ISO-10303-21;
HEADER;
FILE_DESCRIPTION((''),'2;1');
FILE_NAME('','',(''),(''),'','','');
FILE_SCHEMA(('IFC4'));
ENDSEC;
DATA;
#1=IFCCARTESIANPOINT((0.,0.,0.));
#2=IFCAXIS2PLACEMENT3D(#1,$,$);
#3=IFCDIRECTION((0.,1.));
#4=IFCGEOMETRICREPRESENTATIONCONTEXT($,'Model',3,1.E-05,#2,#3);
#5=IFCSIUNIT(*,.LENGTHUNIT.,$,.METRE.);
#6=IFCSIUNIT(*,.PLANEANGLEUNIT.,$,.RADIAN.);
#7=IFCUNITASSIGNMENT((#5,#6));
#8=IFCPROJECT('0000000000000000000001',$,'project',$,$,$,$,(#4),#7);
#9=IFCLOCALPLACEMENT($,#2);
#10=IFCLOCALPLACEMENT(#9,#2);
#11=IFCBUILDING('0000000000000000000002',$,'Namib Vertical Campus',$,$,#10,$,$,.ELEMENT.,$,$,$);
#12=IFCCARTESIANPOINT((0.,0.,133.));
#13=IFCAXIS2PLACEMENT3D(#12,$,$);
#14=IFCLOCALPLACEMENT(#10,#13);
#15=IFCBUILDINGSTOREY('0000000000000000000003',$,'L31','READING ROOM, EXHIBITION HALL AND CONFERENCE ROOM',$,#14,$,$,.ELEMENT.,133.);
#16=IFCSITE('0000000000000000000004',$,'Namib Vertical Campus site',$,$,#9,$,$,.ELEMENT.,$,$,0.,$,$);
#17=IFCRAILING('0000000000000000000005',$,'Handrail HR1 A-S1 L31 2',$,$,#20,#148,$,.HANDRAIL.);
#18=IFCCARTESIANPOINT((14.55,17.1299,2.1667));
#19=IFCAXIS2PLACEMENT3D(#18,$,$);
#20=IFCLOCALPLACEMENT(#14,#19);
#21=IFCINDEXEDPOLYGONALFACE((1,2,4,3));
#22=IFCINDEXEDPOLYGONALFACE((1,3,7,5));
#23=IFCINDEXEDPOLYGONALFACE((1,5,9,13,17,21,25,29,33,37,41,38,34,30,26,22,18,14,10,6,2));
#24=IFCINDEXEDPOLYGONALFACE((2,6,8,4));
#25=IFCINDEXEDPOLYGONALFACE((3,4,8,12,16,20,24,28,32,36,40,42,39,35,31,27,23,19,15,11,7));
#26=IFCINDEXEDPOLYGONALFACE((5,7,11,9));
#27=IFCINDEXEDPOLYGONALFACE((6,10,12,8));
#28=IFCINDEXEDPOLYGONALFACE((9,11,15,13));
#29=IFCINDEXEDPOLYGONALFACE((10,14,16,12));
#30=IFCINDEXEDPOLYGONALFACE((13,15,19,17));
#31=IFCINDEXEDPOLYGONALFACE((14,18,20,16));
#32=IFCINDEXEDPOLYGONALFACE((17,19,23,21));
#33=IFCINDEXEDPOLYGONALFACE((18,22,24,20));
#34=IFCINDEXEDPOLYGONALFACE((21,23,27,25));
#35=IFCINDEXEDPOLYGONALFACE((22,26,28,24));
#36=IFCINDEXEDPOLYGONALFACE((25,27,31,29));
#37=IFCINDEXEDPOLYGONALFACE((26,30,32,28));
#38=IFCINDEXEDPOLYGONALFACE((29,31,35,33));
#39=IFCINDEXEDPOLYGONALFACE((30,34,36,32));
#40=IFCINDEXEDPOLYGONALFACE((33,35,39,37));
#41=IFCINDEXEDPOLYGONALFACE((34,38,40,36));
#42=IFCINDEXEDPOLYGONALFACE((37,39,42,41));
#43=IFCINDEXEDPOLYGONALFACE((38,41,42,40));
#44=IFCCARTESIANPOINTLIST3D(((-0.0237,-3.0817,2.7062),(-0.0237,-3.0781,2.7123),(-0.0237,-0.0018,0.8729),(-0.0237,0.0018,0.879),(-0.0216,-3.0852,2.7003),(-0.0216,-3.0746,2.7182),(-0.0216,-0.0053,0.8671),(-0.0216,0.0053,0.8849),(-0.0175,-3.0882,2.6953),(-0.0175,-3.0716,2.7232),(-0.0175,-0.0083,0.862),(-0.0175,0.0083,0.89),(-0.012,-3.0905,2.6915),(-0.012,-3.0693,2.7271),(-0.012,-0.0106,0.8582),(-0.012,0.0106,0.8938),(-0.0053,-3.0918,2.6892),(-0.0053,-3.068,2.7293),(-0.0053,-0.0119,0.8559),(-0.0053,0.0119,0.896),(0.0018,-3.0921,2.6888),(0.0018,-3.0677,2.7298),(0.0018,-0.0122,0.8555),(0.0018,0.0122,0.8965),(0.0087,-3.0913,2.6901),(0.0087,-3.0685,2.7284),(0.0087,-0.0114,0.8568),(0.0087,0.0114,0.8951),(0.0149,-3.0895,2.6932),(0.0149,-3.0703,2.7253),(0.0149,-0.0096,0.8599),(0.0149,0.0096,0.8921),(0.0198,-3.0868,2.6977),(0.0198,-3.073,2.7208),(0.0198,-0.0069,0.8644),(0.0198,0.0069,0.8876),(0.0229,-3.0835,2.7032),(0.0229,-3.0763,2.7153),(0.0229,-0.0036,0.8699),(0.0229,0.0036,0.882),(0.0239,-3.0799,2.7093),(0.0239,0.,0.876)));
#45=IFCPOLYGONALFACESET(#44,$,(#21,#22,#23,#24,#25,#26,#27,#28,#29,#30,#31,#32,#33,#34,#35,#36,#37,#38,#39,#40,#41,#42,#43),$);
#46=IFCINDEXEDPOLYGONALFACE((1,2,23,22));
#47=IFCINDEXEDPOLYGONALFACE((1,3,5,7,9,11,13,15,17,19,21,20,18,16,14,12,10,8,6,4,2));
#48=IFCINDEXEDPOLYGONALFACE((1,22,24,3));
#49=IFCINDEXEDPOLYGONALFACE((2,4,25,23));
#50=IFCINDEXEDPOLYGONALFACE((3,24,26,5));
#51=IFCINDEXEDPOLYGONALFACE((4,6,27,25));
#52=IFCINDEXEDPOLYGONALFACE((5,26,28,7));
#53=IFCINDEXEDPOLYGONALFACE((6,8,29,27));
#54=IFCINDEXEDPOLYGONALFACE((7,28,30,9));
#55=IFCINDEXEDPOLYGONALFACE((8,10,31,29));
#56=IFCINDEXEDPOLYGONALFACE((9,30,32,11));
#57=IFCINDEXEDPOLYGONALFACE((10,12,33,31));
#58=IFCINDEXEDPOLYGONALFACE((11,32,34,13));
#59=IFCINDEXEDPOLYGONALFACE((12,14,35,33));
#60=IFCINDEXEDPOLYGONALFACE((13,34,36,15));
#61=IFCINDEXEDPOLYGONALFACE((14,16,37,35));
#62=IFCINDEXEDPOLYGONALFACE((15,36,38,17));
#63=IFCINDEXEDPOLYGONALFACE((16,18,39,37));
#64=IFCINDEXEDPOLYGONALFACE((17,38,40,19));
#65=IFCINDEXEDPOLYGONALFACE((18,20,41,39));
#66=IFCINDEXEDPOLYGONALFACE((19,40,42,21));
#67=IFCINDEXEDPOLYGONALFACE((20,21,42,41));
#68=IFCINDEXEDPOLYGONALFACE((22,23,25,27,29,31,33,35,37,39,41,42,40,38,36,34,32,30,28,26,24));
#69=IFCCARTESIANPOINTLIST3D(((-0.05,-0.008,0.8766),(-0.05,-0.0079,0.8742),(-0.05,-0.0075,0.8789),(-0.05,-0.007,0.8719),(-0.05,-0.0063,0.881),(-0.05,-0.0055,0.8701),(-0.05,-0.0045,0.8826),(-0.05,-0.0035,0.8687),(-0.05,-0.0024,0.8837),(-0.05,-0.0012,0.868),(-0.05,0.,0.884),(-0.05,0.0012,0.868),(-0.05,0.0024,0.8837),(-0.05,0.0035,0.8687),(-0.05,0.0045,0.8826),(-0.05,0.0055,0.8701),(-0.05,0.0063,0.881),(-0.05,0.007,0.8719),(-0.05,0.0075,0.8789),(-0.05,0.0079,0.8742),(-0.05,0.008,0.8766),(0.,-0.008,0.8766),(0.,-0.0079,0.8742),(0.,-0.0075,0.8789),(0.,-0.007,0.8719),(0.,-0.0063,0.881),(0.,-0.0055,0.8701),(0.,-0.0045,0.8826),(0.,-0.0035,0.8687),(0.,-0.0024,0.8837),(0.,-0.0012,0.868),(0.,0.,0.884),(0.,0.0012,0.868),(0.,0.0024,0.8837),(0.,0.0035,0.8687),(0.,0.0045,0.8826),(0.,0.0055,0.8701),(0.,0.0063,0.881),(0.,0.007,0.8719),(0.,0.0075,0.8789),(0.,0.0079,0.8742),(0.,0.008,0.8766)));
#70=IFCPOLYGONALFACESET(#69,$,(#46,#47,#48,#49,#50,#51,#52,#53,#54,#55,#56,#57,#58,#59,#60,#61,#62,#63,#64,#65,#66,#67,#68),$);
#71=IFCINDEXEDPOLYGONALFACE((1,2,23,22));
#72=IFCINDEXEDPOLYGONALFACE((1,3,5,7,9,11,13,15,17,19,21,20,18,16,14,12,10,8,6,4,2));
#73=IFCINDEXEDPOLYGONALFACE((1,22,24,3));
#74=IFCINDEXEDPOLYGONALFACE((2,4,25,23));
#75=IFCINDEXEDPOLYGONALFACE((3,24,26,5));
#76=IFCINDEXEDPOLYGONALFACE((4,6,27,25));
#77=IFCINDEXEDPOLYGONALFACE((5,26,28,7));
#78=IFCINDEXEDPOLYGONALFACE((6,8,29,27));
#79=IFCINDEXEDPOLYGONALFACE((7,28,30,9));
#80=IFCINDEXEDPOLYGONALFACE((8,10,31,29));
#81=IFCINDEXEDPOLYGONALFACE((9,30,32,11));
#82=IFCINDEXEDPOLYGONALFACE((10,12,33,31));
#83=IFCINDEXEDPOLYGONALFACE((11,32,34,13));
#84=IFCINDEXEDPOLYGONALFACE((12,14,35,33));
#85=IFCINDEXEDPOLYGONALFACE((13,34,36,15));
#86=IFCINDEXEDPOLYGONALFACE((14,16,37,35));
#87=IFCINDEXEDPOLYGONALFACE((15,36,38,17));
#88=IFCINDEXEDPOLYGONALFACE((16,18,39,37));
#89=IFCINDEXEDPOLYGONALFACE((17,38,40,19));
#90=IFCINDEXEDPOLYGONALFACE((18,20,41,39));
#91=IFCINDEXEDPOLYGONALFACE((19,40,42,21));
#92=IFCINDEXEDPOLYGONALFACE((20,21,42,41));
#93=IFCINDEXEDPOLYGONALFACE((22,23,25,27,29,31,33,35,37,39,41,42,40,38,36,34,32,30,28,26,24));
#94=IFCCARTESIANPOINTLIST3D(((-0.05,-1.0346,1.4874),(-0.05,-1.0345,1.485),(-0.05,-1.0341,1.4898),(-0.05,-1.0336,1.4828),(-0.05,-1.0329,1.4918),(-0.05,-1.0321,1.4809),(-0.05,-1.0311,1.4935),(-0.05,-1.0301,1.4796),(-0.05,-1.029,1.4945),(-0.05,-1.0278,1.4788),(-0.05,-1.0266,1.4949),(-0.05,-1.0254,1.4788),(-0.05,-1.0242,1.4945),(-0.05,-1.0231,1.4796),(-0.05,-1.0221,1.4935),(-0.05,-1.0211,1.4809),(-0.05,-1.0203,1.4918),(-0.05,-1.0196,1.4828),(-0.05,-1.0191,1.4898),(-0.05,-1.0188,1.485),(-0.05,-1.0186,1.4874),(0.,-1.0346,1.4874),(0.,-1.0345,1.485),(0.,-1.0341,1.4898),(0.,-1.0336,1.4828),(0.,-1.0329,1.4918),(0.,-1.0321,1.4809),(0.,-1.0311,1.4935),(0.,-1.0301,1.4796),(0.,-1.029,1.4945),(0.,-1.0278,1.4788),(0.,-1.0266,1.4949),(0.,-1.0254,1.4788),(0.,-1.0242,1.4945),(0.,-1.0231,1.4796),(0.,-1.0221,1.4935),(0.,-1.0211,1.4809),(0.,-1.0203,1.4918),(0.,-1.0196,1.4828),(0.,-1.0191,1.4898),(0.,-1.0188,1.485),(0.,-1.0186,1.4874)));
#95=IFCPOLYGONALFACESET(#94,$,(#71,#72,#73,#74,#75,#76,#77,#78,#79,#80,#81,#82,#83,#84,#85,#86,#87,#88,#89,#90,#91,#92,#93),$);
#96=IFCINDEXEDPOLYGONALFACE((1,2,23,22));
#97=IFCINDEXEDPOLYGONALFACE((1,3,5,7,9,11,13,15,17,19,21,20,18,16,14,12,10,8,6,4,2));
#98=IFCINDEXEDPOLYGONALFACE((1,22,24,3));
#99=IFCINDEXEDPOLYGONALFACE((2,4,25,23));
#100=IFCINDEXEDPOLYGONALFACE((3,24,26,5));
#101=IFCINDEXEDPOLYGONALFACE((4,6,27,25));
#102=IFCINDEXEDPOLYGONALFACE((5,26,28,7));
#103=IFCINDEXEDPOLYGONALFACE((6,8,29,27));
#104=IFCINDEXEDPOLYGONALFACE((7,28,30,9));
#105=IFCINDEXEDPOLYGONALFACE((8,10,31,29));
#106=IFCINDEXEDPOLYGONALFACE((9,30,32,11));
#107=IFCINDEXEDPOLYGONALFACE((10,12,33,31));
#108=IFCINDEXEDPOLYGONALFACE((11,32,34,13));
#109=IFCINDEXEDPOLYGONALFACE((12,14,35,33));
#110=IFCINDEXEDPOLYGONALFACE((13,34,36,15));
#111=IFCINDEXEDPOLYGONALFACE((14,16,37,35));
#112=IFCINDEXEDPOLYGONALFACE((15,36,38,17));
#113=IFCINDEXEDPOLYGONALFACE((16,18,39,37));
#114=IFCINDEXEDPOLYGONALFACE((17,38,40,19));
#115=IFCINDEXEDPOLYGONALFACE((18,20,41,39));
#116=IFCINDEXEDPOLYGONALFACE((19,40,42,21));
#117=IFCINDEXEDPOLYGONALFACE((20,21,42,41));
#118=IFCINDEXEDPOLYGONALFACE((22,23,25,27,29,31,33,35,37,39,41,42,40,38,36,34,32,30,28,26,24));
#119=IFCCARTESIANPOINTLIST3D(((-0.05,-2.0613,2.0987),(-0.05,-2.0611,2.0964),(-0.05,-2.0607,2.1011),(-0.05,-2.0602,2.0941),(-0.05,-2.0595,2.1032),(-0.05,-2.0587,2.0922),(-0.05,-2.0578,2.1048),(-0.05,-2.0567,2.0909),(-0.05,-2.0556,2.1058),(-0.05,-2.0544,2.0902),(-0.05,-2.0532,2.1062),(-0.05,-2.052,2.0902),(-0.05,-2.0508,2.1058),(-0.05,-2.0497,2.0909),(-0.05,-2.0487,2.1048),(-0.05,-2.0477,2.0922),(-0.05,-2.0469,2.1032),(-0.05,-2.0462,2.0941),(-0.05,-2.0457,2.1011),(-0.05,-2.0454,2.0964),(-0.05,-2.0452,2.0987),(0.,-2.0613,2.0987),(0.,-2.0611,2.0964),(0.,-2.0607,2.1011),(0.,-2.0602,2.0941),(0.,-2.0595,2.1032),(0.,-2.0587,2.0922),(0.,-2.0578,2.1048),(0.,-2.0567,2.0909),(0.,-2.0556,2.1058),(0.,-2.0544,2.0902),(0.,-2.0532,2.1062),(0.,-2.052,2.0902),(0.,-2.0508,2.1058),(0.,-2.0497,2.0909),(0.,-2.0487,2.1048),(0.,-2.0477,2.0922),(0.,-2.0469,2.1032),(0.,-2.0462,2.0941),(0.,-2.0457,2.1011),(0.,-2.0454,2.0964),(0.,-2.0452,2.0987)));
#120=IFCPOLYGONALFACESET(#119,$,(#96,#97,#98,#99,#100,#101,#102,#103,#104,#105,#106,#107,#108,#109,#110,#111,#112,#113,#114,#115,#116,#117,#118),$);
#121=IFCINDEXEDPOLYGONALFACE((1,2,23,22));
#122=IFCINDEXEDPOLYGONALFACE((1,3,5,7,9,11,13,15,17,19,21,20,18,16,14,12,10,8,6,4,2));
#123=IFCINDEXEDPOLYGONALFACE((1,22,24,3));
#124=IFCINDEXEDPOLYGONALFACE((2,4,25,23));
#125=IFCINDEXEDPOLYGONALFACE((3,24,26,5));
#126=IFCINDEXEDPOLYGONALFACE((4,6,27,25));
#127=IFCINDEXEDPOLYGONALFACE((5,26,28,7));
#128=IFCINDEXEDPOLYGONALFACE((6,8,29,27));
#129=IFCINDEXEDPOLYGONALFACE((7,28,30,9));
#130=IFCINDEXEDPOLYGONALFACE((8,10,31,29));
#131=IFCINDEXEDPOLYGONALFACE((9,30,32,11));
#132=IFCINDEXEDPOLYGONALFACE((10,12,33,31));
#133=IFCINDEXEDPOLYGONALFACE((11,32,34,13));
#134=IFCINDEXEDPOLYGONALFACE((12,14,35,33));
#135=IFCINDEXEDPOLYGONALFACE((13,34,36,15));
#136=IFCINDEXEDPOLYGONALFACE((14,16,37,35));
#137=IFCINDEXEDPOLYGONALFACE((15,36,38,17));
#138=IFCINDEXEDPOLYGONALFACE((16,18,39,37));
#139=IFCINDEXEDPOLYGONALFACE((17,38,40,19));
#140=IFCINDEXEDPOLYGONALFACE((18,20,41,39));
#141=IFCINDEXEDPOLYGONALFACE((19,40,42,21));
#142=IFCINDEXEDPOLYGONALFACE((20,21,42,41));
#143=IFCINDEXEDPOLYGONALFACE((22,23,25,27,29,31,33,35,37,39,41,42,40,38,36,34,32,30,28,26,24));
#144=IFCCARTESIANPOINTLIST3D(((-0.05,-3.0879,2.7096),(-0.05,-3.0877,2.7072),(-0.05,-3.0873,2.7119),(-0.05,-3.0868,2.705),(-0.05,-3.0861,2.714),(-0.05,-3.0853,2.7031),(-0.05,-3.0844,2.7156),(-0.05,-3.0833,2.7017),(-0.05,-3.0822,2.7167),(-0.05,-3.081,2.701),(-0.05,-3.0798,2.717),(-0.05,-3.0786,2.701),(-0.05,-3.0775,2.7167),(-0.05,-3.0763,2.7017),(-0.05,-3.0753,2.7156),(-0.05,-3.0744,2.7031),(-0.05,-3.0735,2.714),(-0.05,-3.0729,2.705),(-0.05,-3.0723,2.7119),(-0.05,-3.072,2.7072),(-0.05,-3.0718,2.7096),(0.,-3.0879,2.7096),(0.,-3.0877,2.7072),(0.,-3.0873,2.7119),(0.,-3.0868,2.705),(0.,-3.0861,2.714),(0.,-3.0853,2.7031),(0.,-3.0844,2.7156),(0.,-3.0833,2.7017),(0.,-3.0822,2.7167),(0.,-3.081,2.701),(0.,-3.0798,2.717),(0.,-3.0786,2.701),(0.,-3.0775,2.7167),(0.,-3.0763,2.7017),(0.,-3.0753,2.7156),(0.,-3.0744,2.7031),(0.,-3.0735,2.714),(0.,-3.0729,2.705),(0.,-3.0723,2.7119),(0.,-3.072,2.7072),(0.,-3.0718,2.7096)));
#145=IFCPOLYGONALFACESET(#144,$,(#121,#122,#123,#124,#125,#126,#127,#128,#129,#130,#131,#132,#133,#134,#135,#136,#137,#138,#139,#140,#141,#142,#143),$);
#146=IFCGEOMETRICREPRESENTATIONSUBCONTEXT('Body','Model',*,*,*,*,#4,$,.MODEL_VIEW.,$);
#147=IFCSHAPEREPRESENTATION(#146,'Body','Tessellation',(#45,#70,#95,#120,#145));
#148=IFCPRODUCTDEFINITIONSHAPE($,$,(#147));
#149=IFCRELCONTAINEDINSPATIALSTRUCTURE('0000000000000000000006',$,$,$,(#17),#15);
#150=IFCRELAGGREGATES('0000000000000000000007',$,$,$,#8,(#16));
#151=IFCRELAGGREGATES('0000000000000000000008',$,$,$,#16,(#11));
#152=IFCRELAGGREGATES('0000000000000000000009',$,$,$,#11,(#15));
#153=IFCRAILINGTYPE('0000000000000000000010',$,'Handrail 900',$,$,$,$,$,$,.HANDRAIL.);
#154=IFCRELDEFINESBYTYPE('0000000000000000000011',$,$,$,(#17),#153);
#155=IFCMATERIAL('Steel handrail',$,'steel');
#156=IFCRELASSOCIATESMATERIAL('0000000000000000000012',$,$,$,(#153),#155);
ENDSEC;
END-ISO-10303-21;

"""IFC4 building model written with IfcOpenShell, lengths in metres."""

from ifc_helpers import new_model, si_unit, direction, frame, origin, origin_2d, place, context, subcontext, project, spatial, circle, extrude, material, type_object, element, save


model = new_model("IFC4")

# Units and contexts
model_context = context("Model", 3, precision=1e-05, world=origin(), true_north=direction((0.0, 1.0)))
body_context = subcontext(model_context, "Body", "Model", "MODEL_VIEW")
ifc_project = project(units=[si_unit("LENGTHUNIT", "METRE"), si_unit("PLANEANGLEUNIT", "RADIAN")], contexts=[model_context])

# Site, building, storey
site_placement = place(None, origin())
site = spatial("IfcSite", under=ifc_project, at=site_placement, Name="Namib Vertical Campus site", CompositionType="ELEMENT", RefElevation=0.0)
building_placement = place(site_placement, origin())
building = spatial("IfcBuilding", under=site, at=building_placement, Name="Namib Vertical Campus", CompositionType="ELEMENT")
storey_placement = place(building_placement, frame((0.0, 0.0, 133.0)))
storey = spatial("IfcBuildingStorey", under=building, at=storey_placement, Name="L31", Description="READING ROOM, EXHIBITION HALL AND CONFERENCE ROOM", CompositionType="ELEMENT", Elevation=133.0)

# Railing
ifc_material_1 = material(Name="Steel handrail", Category="steel")
railing_type_1 = type_object("IfcRailingType", Name="Handrail 900", PredefinedType="HANDRAIL", material=ifc_material_1)
railing_1_placement = place(storey_placement, frame((14.55, 17.1299, 2.1667)))
element("IfcRailing", 1, at=railing_1_placement, inside=storey, type_object=railing_type_1, Name="Handrail HR1 A-S1 L31 2", PredefinedType="HANDRAIL", context=body_context, shape_type="SweptSolid", body=[
    extrude(circle(Radius=0.0239, at=origin_2d()), frame((0.0, 0.0, 0.876), z_axis=(0.0, -0.859291, 0.511487), x_axis=(1.0, 0.0, 0.0)), (0.0, 0.0, 1.0), 3.5842),
    extrude(circle(Radius=0.0081, at=origin_2d()), frame((0.0, 0.0, 0.876), z_axis=(-1.0, 0.0, 0.0), x_axis=(0.0, 0.0, 1.0)), (0.0, 0.0, 1.0), 0.05),
    extrude(circle(Radius=0.0081, at=origin_2d()), frame((0.0, -1.0266, 1.4868), z_axis=(-1.0, 0.0, 0.0), x_axis=(0.0, 0.0, 1.0)), (0.0, 0.0, 1.0), 0.05),
    extrude(circle(Radius=0.0081, at=origin_2d()), frame((0.0, -2.0532, 2.0981), z_axis=(-1.0, 0.0, 0.0), x_axis=(0.0, 0.0, 1.0)), (0.0, 0.0, 1.0), 0.05),
    extrude(circle(Radius=0.0081, at=origin_2d()), frame((0.0, -3.0798, 2.709), z_axis=(-1.0, 0.0, 0.0), x_axis=(0.0, 0.0, 1.0)), (0.0, 0.0, 1.0), 0.05),
])

save(model, "model.ifc")
